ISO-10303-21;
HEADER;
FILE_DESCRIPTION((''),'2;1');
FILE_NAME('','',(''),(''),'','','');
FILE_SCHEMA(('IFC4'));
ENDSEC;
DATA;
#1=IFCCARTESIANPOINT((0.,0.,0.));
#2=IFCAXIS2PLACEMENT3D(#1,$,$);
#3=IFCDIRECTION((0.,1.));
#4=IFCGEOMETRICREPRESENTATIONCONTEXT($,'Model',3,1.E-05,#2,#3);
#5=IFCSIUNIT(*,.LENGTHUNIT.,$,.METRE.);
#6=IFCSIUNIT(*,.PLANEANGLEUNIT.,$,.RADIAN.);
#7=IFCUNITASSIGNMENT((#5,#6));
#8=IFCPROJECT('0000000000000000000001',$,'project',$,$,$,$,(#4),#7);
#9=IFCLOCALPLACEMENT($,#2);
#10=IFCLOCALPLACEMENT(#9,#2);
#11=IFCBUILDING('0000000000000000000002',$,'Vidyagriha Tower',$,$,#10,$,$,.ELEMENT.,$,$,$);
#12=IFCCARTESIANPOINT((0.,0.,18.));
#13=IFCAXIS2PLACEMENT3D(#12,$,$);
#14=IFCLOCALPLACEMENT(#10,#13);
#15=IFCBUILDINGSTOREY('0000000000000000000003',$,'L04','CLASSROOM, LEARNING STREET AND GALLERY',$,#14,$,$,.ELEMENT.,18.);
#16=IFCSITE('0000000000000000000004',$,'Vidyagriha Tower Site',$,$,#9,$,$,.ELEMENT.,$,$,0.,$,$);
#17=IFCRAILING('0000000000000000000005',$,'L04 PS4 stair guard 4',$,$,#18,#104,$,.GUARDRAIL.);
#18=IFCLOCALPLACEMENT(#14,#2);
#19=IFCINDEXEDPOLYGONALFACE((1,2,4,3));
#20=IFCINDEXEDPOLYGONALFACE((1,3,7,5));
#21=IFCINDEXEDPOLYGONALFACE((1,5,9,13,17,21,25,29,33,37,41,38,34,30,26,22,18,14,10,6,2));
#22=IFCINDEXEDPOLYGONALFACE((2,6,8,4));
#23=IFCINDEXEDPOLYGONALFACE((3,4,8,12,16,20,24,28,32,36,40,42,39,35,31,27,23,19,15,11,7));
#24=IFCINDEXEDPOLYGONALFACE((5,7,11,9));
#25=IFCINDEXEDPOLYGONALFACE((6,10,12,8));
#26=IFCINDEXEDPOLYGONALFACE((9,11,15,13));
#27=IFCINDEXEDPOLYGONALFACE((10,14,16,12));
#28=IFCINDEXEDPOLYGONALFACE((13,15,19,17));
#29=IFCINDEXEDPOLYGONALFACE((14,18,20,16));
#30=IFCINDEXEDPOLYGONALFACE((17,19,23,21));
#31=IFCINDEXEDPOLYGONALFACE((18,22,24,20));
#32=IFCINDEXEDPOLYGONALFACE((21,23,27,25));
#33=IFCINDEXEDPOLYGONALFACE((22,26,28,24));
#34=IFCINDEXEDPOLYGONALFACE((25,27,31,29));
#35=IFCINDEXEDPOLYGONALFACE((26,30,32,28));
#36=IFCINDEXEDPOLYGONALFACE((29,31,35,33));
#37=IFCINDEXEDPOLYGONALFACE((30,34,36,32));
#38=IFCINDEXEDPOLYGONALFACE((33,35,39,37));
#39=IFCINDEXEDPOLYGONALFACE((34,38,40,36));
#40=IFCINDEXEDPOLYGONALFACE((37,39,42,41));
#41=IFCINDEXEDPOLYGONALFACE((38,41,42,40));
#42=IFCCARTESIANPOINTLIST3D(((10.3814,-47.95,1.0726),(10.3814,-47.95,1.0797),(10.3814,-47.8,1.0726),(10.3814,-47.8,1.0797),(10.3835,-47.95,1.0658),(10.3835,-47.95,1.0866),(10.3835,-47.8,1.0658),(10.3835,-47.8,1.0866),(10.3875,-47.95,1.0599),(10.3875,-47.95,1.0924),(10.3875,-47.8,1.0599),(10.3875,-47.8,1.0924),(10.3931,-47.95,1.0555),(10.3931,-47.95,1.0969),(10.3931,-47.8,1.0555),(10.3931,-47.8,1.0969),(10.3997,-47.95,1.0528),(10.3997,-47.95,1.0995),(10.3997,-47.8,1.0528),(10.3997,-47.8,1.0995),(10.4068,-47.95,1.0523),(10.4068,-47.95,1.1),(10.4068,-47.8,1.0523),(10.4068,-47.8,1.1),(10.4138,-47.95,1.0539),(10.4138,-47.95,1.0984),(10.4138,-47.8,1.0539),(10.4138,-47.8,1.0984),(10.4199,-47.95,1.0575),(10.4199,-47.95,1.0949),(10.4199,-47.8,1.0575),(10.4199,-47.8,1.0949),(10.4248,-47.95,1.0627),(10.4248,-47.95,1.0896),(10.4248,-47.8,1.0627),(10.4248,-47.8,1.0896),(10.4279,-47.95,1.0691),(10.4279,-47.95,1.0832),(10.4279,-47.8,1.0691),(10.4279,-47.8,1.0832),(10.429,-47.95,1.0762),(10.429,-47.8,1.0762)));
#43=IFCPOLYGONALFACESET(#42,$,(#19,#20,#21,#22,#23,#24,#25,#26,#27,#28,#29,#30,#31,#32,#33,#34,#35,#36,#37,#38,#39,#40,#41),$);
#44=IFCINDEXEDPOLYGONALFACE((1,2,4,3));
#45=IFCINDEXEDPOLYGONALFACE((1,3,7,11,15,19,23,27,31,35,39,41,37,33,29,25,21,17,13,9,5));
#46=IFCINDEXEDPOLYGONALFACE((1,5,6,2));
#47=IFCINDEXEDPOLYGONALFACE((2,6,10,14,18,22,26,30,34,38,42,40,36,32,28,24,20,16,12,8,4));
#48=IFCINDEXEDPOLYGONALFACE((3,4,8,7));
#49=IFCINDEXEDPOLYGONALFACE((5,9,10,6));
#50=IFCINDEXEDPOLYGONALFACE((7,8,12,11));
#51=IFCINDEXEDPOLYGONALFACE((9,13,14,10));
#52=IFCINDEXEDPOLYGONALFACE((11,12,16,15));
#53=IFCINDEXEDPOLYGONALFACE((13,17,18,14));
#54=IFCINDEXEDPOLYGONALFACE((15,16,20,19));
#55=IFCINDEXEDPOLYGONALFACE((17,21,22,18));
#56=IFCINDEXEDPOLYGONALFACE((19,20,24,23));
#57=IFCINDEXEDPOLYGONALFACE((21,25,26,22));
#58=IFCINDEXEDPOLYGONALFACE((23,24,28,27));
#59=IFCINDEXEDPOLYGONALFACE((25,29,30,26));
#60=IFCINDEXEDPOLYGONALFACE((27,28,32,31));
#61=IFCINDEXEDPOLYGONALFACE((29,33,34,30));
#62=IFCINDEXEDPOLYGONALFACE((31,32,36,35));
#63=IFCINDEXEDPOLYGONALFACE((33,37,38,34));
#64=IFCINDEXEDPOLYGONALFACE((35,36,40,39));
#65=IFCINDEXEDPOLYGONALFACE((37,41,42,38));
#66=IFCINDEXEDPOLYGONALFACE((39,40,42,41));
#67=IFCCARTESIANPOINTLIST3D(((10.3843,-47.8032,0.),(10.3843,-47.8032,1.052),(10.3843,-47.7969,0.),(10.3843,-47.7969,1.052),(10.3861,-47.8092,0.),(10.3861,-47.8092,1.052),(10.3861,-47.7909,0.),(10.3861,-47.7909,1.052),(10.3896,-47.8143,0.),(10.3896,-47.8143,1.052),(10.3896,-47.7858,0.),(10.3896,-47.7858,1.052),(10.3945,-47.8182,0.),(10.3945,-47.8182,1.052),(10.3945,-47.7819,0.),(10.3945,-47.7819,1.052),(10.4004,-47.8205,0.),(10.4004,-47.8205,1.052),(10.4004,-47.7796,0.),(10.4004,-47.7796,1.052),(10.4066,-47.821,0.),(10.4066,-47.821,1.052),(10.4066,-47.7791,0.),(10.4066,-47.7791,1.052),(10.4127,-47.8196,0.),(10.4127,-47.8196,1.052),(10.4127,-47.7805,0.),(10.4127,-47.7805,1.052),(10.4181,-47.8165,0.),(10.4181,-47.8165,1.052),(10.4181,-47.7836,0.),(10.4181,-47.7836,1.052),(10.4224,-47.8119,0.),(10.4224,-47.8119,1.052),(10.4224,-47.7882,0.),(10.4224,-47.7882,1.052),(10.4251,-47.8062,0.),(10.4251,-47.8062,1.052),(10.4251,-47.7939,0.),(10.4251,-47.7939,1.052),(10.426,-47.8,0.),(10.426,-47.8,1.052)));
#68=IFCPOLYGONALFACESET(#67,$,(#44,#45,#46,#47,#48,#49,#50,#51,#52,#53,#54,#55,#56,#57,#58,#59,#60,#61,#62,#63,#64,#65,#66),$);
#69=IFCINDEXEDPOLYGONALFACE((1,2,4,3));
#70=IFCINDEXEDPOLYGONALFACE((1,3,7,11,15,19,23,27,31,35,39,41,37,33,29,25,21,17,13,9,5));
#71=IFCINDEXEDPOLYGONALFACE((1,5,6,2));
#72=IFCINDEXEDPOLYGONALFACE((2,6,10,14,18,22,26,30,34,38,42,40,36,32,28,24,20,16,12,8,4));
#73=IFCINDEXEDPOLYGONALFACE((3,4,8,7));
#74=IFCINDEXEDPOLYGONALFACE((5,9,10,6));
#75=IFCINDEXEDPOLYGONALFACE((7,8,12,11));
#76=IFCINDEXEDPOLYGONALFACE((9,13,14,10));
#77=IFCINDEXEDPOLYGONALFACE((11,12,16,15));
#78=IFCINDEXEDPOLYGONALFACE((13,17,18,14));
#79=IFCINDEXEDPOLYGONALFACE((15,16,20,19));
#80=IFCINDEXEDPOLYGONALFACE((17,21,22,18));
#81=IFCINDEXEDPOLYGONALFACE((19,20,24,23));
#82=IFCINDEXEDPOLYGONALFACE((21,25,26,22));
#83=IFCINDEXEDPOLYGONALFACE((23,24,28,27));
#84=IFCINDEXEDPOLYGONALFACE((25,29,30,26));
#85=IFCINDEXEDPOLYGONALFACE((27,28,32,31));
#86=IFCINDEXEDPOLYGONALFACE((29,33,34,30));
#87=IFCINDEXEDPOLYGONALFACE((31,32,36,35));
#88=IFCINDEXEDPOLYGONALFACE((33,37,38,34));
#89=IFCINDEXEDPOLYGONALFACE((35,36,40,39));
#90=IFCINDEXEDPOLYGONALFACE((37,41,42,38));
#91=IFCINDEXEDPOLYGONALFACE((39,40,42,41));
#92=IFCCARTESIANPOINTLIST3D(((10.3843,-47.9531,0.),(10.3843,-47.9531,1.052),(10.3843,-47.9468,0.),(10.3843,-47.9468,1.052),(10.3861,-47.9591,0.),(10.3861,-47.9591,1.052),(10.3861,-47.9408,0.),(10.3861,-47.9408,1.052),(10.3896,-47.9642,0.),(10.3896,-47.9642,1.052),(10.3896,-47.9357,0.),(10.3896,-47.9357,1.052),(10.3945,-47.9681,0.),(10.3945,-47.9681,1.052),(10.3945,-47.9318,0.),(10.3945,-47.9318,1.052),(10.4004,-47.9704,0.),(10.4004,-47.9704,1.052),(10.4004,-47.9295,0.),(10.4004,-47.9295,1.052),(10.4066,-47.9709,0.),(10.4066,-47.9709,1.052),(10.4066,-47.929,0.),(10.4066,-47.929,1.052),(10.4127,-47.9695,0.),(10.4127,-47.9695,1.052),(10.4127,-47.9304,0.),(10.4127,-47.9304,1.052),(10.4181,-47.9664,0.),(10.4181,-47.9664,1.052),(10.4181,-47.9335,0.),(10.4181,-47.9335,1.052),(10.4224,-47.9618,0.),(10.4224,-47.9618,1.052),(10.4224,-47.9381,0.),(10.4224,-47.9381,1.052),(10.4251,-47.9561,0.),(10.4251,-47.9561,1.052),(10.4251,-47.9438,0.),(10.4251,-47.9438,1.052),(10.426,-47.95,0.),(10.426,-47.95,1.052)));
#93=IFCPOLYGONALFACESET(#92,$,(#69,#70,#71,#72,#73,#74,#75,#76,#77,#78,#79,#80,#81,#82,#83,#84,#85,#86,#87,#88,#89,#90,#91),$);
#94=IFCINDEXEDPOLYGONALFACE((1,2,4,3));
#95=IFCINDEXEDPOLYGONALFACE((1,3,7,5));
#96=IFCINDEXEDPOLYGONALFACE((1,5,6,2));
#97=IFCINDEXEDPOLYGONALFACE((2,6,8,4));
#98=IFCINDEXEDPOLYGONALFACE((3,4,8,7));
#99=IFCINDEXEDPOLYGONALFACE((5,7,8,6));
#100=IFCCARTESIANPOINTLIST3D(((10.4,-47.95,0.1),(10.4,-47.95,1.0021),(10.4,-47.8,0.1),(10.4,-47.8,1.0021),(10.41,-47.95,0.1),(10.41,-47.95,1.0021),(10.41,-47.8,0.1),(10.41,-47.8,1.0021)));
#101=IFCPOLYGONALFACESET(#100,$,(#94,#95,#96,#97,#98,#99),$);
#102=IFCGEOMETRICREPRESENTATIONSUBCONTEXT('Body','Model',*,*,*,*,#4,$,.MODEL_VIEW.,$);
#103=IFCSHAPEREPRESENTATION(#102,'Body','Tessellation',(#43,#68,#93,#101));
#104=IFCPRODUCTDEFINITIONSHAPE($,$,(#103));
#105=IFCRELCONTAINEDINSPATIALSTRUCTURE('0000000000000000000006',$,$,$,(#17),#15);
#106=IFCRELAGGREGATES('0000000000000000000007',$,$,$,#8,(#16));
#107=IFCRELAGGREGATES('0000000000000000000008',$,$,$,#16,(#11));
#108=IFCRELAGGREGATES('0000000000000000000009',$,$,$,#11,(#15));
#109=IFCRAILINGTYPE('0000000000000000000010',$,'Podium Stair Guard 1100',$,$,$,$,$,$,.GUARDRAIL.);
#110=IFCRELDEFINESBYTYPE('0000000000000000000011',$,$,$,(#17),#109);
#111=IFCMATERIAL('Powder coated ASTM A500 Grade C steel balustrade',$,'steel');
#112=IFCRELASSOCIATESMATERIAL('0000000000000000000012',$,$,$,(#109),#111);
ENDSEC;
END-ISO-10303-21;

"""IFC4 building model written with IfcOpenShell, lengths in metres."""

from ifc_helpers import new_model, si_unit, direction, frame, origin, origin_2d, place, context, subcontext, project, spatial, rectangle, circle, extrude, material, type_object, element, save


model = new_model("IFC4")

# Units and contexts
model_context = context("Model", 3, precision=1e-05, world=origin(), true_north=direction((0.0, 1.0)))
body_context = subcontext(model_context, "Body", "Model", "MODEL_VIEW")
ifc_project = project(units=[si_unit("LENGTHUNIT", "METRE"), si_unit("PLANEANGLEUNIT", "RADIAN")], contexts=[model_context])

# Site, building, storey
site_placement = place(None, origin())
site = spatial("IfcSite", under=ifc_project, at=site_placement, Name="Vidyagriha Tower Site", CompositionType="ELEMENT", RefElevation=0.0)
building_placement = place(site_placement, origin())
building = spatial("IfcBuilding", under=site, at=building_placement, Name="Vidyagriha Tower", CompositionType="ELEMENT")
storey_placement = place(building_placement, frame((0.0, 0.0, 18.0)))
storey = spatial("IfcBuildingStorey", under=building, at=storey_placement, Name="L04", Description="CLASSROOM, LEARNING STREET AND GALLERY", CompositionType="ELEMENT", Elevation=18.0)

# Railing
ifc_material_1 = material(Name="Powder coated ASTM A500 Grade C steel balustrade", Category="steel")
railing_type_1 = type_object("IfcRailingType", Name="Podium Stair Guard 1100", PredefinedType="GUARDRAIL", material=ifc_material_1)
railing_1_placement = place(storey_placement, frame((10.405, -47.8, 0.0)))
element("IfcRailing", 1, at=railing_1_placement, inside=storey, type_object=railing_type_1, Name="L04 PS4 stair guard 4", PredefinedType="GUARDRAIL", context=body_context, shape_type="SweptSolid", body=[
    extrude(circle(Radius=0.0239, at=origin_2d()), frame((0.0, 0.0, 1.0762), z_axis=(0.0, -1.0, 0.0), x_axis=(1.0, 0.0, 0.0)), (0.0, 0.0, 1.0), 0.1499),
    extrude(circle(Radius=0.021, at=origin_2d()), origin(), (0.0, 0.0, 1.0), 1.052),
    extrude(circle(Radius=0.021, at=origin_2d()), frame((0.0, -0.1499, 0.0)), (0.0, 0.0, 1.0), 1.052),
    extrude(rectangle(XDim=0.01, YDim=0.9021, at=origin_2d()), frame((0.0, 0.0, 0.551), z_axis=(0.0, -1.0, 0.0), x_axis=(1.0, 0.0, 0.0)), (0.0, 0.0, 1.0), 0.1499),
])

save(model, "model.ifc")
